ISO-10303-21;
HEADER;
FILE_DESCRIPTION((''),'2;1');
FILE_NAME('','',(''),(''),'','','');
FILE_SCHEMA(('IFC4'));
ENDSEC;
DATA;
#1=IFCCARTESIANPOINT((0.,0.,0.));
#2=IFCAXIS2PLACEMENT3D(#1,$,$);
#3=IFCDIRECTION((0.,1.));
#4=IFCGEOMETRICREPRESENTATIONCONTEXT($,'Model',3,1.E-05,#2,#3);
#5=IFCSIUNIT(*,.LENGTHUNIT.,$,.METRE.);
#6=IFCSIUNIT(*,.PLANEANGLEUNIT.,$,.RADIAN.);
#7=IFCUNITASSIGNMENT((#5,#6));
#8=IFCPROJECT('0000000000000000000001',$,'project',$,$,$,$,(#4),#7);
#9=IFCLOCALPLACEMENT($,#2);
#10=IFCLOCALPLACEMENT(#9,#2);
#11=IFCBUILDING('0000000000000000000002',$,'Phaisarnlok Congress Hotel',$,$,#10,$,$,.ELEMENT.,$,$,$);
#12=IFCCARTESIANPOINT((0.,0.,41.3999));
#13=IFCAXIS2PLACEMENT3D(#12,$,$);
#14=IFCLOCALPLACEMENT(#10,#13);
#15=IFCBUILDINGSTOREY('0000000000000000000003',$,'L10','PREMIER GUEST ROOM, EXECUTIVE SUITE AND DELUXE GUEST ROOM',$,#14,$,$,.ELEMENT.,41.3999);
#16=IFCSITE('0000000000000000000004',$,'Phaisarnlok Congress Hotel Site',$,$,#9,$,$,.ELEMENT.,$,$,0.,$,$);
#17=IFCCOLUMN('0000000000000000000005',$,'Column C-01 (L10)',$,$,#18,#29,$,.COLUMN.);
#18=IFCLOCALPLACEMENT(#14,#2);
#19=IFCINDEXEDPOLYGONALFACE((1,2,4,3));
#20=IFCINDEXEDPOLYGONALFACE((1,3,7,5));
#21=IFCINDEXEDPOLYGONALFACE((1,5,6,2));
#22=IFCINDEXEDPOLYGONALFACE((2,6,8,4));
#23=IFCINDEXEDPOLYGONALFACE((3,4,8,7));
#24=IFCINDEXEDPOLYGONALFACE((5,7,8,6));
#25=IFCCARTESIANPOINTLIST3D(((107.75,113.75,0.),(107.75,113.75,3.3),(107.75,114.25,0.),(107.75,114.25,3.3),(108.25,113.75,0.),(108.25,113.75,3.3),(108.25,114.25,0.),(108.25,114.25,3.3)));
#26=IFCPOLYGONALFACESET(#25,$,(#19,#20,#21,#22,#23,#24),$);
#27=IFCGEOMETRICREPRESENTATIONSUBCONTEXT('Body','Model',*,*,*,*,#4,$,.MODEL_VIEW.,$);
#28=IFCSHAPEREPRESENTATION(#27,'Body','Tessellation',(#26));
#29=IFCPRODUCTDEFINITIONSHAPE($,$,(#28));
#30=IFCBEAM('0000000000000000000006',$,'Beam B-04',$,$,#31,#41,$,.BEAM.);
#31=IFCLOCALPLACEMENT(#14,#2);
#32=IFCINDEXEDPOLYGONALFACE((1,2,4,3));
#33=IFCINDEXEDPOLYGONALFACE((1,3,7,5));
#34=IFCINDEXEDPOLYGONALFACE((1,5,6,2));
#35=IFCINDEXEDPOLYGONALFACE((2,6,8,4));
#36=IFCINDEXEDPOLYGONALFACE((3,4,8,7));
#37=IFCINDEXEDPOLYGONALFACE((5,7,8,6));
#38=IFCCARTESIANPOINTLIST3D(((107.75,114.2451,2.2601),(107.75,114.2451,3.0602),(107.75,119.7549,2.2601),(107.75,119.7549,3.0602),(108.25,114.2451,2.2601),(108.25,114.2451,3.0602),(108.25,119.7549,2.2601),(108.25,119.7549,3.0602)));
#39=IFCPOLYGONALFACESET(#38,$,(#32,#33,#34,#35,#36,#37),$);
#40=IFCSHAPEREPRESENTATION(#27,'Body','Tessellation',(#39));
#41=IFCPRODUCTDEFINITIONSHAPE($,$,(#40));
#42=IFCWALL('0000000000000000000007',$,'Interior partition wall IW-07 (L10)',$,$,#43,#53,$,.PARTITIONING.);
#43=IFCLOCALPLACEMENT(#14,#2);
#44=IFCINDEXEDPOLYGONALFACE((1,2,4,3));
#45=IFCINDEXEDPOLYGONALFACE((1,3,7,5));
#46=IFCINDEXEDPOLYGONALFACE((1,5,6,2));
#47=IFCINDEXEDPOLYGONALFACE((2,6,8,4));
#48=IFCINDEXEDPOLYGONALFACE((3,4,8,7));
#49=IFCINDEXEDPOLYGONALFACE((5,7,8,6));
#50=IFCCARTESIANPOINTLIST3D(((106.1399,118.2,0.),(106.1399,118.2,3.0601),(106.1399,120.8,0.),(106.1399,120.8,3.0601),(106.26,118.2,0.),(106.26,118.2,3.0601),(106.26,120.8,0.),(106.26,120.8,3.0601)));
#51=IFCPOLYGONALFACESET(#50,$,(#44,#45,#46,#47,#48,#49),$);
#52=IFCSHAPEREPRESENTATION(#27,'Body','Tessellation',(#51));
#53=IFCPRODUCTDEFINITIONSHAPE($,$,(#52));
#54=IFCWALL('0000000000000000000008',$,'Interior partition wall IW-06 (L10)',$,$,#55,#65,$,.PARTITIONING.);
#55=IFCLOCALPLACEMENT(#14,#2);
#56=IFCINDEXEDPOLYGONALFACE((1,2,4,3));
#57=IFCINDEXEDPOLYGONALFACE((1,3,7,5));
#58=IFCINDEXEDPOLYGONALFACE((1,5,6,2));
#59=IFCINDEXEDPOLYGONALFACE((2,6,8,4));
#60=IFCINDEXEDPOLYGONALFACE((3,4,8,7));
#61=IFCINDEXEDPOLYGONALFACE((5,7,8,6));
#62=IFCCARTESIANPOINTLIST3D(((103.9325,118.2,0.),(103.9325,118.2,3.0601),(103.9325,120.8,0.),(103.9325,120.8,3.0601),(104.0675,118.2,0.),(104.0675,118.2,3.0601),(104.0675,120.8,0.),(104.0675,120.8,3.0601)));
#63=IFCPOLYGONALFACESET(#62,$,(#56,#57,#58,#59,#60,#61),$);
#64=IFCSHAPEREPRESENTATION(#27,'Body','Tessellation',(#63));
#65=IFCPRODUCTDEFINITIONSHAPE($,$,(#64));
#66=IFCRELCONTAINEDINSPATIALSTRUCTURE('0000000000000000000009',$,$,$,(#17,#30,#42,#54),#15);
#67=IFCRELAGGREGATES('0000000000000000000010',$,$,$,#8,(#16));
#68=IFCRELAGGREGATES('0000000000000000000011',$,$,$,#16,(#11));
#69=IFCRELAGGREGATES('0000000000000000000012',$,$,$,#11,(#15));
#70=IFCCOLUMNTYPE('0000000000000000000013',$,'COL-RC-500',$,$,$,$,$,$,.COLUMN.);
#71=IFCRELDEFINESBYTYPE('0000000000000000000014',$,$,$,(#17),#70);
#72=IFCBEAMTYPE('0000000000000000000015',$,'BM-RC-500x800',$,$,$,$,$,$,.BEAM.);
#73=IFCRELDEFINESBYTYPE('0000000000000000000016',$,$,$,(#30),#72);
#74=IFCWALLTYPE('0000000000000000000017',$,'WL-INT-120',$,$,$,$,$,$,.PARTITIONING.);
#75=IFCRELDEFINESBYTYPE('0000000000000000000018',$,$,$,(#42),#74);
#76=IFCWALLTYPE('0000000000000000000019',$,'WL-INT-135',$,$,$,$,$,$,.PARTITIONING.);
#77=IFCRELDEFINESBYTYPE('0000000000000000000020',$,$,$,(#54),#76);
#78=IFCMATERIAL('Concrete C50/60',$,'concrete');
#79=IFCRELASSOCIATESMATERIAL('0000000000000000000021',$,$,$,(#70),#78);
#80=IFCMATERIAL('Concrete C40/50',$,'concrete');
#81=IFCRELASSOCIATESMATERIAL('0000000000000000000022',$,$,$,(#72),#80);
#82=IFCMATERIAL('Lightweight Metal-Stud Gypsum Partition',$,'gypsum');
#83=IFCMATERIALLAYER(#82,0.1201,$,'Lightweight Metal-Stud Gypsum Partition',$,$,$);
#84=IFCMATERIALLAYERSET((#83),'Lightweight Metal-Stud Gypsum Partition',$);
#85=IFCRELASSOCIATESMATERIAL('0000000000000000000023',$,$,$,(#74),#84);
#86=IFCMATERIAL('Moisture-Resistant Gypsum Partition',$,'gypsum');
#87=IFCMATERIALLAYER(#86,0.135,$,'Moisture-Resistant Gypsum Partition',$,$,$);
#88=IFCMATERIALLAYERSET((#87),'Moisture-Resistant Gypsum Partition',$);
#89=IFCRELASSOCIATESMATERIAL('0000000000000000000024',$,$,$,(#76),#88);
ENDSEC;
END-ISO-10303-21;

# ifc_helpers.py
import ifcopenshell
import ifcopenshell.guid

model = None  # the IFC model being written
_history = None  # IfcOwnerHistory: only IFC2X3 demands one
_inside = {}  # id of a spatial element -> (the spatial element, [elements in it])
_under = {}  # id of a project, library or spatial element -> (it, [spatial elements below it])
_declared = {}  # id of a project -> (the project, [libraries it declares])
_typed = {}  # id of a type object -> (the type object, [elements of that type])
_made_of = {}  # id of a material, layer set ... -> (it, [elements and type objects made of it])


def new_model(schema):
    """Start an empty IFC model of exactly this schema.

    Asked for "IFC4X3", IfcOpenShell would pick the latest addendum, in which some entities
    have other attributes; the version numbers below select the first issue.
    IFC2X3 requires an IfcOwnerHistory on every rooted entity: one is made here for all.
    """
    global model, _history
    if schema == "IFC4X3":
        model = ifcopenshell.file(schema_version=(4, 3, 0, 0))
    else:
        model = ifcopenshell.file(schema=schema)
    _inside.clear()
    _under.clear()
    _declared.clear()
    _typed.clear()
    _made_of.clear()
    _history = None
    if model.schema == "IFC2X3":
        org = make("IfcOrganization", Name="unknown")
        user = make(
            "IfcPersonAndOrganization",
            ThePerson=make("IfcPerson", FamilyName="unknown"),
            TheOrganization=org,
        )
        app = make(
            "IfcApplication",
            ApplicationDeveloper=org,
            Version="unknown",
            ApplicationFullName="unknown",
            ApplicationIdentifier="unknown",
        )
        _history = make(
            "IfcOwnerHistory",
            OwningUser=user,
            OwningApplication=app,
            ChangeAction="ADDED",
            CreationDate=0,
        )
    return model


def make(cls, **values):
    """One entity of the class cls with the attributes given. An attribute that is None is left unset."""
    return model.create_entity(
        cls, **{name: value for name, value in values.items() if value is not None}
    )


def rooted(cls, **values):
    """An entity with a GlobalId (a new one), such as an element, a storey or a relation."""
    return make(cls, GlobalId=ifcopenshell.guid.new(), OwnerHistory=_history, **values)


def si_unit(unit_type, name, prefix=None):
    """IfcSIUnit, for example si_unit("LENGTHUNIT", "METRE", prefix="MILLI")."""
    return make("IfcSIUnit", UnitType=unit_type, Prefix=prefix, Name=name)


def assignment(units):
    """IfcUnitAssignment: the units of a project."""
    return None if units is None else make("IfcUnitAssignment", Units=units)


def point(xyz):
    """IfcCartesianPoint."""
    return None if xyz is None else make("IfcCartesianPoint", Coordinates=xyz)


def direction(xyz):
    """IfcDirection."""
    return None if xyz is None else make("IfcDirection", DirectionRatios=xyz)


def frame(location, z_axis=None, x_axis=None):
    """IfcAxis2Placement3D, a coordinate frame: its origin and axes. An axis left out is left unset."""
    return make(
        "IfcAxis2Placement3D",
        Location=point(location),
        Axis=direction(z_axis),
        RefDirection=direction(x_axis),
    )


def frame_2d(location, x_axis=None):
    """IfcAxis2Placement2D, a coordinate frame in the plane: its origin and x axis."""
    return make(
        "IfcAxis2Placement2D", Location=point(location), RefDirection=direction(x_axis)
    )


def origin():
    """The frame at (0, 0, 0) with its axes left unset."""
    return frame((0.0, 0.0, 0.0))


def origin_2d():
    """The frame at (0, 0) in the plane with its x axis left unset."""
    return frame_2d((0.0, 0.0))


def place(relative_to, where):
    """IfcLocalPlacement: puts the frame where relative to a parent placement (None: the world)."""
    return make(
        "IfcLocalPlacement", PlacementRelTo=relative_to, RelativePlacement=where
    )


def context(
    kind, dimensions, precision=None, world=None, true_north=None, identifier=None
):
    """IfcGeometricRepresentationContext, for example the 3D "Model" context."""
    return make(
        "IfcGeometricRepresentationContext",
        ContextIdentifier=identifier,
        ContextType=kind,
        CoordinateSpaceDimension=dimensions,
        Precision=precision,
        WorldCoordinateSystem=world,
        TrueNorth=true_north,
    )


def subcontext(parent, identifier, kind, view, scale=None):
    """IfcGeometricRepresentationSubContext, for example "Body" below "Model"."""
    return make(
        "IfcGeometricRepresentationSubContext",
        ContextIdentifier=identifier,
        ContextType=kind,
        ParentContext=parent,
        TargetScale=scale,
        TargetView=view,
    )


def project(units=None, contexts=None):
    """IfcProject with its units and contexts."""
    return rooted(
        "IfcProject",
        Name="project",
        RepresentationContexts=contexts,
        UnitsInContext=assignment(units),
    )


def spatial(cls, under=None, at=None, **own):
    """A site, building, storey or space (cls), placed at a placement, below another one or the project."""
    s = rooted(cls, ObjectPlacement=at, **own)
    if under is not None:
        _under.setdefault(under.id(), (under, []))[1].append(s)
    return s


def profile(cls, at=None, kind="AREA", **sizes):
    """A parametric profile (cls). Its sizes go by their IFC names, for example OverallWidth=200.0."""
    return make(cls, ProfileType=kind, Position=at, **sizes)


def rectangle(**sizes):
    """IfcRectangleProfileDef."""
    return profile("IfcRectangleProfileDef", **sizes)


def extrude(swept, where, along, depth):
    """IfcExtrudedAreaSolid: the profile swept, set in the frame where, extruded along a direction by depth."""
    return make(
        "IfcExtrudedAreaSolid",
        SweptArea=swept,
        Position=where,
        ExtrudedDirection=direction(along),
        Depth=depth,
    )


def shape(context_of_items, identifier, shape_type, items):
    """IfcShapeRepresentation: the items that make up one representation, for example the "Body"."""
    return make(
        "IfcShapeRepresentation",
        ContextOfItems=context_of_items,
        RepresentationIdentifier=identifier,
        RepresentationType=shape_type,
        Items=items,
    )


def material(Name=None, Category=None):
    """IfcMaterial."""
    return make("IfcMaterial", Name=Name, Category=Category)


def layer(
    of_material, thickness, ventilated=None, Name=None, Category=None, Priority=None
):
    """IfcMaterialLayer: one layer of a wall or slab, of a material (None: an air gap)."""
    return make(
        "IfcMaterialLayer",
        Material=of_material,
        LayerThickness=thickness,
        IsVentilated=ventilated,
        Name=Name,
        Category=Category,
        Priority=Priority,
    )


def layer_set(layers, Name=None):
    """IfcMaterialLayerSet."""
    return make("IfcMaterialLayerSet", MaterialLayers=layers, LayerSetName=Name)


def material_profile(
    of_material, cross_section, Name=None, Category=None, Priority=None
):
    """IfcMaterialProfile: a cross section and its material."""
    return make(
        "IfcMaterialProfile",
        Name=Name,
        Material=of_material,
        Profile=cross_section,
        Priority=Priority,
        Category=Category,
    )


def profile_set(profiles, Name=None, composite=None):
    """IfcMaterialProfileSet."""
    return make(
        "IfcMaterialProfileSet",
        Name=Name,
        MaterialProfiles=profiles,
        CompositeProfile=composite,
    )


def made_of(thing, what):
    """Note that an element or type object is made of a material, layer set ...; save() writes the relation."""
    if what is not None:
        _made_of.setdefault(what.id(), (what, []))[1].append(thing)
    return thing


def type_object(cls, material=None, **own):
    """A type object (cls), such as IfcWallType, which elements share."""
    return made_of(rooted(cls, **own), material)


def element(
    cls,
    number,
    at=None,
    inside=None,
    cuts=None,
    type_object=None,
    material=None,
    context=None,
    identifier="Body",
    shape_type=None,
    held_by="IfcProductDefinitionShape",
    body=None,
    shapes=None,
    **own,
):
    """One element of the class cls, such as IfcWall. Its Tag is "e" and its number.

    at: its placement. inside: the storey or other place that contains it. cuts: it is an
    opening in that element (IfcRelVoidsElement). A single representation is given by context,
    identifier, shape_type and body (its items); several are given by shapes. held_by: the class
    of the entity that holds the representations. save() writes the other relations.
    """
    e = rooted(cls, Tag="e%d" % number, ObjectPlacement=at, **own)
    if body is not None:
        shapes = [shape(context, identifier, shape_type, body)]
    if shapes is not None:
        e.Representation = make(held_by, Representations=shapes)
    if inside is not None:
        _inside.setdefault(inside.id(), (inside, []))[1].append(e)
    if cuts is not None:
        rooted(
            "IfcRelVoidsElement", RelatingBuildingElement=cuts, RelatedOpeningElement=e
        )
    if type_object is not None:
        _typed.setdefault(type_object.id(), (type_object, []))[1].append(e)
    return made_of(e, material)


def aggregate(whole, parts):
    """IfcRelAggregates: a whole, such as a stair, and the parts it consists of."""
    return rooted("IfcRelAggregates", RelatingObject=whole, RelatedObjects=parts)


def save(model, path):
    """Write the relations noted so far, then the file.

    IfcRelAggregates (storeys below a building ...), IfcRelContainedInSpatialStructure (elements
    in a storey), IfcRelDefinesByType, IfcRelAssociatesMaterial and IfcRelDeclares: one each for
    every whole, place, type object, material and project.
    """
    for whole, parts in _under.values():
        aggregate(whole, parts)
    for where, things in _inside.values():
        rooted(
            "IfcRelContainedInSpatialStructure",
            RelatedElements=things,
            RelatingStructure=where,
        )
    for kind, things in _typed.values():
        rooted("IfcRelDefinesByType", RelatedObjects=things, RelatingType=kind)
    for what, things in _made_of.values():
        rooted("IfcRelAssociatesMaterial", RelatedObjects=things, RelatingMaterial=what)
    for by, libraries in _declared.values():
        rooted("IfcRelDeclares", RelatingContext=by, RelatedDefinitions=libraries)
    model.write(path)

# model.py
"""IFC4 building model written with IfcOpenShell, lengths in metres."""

from ifc_helpers import new_model, si_unit, direction, frame, frame_2d, origin, origin_2d, place, context, subcontext, project, spatial, rectangle, extrude, material, layer, layer_set, material_profile, profile_set, type_object, element, save


model = new_model("IFC4")

# Units and contexts
model_context = context("Model", 3, precision=1e-05, world=origin(), true_north=direction((0.0, 1.0)))
body_context = subcontext(model_context, "Body", "Model", "MODEL_VIEW")
ifc_project = project(units=[si_unit("LENGTHUNIT", "METRE"), si_unit("PLANEANGLEUNIT", "RADIAN")], contexts=[model_context])

# Site, building, storey
site_placement = place(None, origin())
site = spatial("IfcSite", under=ifc_project, at=site_placement, Name="Phaisarnlok Congress Hotel Site", CompositionType="ELEMENT", RefElevation=0.0)
building_placement = place(site_placement, origin())
building = spatial("IfcBuilding", under=site, at=building_placement, Name="Phaisarnlok Congress Hotel", CompositionType="ELEMENT")
storey_placement = place(building_placement, frame((0.0, 0.0, 41.3999)))
storey = spatial("IfcBuildingStorey", under=building, at=storey_placement, Name="L10", Description="PREMIER GUEST ROOM, EXECUTIVE SUITE AND DELUXE GUEST ROOM", CompositionType="ELEMENT", Elevation=41.3999)

# Column
ifc_material_1 = material(Name="Concrete C50/60", Category="concrete")
ifc_material_profile_1 = material_profile(ifc_material_1, rectangle(XDim=0.5, YDim=0.5, at=origin_2d()), Name="RC 500x500")
ifc_profile_set_1 = profile_set([ifc_material_profile_1], Name="Concrete C50/60")
column_type = type_object("IfcColumnType", Name="COL-RC-500", PredefinedType="COLUMN", material=ifc_profile_set_1)
column_placement = place(storey_placement, frame((108.0, 114.0, 0.0), z_axis=(0.0, 0.0, 1.0), x_axis=(1.0, 0.0, 0.0)))
element("IfcColumn", 1, at=column_placement, inside=storey, type_object=column_type, Name="Column C-01 (L10)", PredefinedType="COLUMN", context=body_context, shape_type="SweptSolid", body=[
    extrude(rectangle(XDim=0.5, YDim=0.5, at=origin_2d()), origin(), (0.0, 0.0, 1.0), 3.3),
])

# Beam
ifc_material_2 = material(Name="Concrete C40/50", Category="concrete")
ifc_material_profile_2 = material_profile(ifc_material_2, rectangle(XDim=0.5, YDim=0.8, at=origin_2d()), Name="RC 500x800")
ifc_profile_set_2 = profile_set([ifc_material_profile_2], Name="Concrete C40/50")
beam_type = type_object("IfcBeamType", Name="BM-RC-500x800", PredefinedType="BEAM", material=ifc_profile_set_2)
beam_placement = place(storey_placement, frame((108.0, 114.2451, 2.6602), z_axis=(0.0, 1.0, 0.0), x_axis=(-1.0, 0.0, 0.0)))
element("IfcBeam", 2, at=beam_placement, inside=storey, type_object=beam_type, Name="Beam B-04", PredefinedType="BEAM", context=body_context, shape_type="SweptSolid", body=[
    extrude(rectangle(XDim=0.5, YDim=0.8, at=origin_2d()), origin(), (0.0, 0.0, 1.0), 5.5098),
])

# Walls
ifc_material_3 = material(Name="Lightweight Metal-Stud Gypsum Partition", Category="gypsum")
ifc_layer_1 = layer(ifc_material_3, 0.1201, Name="Lightweight Metal-Stud Gypsum Partition")
ifc_layer_set_1 = layer_set([ifc_layer_1], Name="Lightweight Metal-Stud Gypsum Partition")
wall_type_1 = type_object("IfcWallType", Name="WL-INT-120", PredefinedType="PARTITIONING", material=ifc_layer_set_1)
wall_1_placement = place(storey_placement, frame((106.2, 118.2, 0.0), z_axis=(0.0, 0.0, 1.0), x_axis=(0.0, 1.0, 0.0)))
element("IfcWall", 3, at=wall_1_placement, inside=storey, type_object=wall_type_1, Name="Interior partition wall IW-07 (L10)", PredefinedType="PARTITIONING", context=body_context, shape_type="SweptSolid", body=[
    extrude(rectangle(XDim=2.6001, YDim=0.1201, at=frame_2d((1.3, 0.0))), origin(), (0.0, 0.0, 1.0), 3.0601),
])
ifc_material_4 = material(Name="Moisture-Resistant Gypsum Partition", Category="gypsum")
ifc_layer_2 = layer(ifc_material_4, 0.135, Name="Moisture-Resistant Gypsum Partition")
ifc_layer_set_2 = layer_set([ifc_layer_2], Name="Moisture-Resistant Gypsum Partition")
wall_type_2 = type_object("IfcWallType", Name="WL-INT-135", PredefinedType="PARTITIONING", material=ifc_layer_set_2)
wall_2_placement = place(storey_placement, frame((104.0, 118.2, 0.0), z_axis=(0.0, 0.0, 1.0), x_axis=(0.0, 1.0, 0.0)))
element("IfcWall", 4, at=wall_2_placement, inside=storey, type_object=wall_type_2, Name="Interior partition wall IW-06 (L10)", PredefinedType="PARTITIONING", context=body_context, shape_type="SweptSolid", body=[
    extrude(rectangle(XDim=2.6001, YDim=0.135, at=frame_2d((1.3, 0.0))), origin(), (0.0, 0.0, 1.0), 3.0601),
])

save(model, "model.ifc")
